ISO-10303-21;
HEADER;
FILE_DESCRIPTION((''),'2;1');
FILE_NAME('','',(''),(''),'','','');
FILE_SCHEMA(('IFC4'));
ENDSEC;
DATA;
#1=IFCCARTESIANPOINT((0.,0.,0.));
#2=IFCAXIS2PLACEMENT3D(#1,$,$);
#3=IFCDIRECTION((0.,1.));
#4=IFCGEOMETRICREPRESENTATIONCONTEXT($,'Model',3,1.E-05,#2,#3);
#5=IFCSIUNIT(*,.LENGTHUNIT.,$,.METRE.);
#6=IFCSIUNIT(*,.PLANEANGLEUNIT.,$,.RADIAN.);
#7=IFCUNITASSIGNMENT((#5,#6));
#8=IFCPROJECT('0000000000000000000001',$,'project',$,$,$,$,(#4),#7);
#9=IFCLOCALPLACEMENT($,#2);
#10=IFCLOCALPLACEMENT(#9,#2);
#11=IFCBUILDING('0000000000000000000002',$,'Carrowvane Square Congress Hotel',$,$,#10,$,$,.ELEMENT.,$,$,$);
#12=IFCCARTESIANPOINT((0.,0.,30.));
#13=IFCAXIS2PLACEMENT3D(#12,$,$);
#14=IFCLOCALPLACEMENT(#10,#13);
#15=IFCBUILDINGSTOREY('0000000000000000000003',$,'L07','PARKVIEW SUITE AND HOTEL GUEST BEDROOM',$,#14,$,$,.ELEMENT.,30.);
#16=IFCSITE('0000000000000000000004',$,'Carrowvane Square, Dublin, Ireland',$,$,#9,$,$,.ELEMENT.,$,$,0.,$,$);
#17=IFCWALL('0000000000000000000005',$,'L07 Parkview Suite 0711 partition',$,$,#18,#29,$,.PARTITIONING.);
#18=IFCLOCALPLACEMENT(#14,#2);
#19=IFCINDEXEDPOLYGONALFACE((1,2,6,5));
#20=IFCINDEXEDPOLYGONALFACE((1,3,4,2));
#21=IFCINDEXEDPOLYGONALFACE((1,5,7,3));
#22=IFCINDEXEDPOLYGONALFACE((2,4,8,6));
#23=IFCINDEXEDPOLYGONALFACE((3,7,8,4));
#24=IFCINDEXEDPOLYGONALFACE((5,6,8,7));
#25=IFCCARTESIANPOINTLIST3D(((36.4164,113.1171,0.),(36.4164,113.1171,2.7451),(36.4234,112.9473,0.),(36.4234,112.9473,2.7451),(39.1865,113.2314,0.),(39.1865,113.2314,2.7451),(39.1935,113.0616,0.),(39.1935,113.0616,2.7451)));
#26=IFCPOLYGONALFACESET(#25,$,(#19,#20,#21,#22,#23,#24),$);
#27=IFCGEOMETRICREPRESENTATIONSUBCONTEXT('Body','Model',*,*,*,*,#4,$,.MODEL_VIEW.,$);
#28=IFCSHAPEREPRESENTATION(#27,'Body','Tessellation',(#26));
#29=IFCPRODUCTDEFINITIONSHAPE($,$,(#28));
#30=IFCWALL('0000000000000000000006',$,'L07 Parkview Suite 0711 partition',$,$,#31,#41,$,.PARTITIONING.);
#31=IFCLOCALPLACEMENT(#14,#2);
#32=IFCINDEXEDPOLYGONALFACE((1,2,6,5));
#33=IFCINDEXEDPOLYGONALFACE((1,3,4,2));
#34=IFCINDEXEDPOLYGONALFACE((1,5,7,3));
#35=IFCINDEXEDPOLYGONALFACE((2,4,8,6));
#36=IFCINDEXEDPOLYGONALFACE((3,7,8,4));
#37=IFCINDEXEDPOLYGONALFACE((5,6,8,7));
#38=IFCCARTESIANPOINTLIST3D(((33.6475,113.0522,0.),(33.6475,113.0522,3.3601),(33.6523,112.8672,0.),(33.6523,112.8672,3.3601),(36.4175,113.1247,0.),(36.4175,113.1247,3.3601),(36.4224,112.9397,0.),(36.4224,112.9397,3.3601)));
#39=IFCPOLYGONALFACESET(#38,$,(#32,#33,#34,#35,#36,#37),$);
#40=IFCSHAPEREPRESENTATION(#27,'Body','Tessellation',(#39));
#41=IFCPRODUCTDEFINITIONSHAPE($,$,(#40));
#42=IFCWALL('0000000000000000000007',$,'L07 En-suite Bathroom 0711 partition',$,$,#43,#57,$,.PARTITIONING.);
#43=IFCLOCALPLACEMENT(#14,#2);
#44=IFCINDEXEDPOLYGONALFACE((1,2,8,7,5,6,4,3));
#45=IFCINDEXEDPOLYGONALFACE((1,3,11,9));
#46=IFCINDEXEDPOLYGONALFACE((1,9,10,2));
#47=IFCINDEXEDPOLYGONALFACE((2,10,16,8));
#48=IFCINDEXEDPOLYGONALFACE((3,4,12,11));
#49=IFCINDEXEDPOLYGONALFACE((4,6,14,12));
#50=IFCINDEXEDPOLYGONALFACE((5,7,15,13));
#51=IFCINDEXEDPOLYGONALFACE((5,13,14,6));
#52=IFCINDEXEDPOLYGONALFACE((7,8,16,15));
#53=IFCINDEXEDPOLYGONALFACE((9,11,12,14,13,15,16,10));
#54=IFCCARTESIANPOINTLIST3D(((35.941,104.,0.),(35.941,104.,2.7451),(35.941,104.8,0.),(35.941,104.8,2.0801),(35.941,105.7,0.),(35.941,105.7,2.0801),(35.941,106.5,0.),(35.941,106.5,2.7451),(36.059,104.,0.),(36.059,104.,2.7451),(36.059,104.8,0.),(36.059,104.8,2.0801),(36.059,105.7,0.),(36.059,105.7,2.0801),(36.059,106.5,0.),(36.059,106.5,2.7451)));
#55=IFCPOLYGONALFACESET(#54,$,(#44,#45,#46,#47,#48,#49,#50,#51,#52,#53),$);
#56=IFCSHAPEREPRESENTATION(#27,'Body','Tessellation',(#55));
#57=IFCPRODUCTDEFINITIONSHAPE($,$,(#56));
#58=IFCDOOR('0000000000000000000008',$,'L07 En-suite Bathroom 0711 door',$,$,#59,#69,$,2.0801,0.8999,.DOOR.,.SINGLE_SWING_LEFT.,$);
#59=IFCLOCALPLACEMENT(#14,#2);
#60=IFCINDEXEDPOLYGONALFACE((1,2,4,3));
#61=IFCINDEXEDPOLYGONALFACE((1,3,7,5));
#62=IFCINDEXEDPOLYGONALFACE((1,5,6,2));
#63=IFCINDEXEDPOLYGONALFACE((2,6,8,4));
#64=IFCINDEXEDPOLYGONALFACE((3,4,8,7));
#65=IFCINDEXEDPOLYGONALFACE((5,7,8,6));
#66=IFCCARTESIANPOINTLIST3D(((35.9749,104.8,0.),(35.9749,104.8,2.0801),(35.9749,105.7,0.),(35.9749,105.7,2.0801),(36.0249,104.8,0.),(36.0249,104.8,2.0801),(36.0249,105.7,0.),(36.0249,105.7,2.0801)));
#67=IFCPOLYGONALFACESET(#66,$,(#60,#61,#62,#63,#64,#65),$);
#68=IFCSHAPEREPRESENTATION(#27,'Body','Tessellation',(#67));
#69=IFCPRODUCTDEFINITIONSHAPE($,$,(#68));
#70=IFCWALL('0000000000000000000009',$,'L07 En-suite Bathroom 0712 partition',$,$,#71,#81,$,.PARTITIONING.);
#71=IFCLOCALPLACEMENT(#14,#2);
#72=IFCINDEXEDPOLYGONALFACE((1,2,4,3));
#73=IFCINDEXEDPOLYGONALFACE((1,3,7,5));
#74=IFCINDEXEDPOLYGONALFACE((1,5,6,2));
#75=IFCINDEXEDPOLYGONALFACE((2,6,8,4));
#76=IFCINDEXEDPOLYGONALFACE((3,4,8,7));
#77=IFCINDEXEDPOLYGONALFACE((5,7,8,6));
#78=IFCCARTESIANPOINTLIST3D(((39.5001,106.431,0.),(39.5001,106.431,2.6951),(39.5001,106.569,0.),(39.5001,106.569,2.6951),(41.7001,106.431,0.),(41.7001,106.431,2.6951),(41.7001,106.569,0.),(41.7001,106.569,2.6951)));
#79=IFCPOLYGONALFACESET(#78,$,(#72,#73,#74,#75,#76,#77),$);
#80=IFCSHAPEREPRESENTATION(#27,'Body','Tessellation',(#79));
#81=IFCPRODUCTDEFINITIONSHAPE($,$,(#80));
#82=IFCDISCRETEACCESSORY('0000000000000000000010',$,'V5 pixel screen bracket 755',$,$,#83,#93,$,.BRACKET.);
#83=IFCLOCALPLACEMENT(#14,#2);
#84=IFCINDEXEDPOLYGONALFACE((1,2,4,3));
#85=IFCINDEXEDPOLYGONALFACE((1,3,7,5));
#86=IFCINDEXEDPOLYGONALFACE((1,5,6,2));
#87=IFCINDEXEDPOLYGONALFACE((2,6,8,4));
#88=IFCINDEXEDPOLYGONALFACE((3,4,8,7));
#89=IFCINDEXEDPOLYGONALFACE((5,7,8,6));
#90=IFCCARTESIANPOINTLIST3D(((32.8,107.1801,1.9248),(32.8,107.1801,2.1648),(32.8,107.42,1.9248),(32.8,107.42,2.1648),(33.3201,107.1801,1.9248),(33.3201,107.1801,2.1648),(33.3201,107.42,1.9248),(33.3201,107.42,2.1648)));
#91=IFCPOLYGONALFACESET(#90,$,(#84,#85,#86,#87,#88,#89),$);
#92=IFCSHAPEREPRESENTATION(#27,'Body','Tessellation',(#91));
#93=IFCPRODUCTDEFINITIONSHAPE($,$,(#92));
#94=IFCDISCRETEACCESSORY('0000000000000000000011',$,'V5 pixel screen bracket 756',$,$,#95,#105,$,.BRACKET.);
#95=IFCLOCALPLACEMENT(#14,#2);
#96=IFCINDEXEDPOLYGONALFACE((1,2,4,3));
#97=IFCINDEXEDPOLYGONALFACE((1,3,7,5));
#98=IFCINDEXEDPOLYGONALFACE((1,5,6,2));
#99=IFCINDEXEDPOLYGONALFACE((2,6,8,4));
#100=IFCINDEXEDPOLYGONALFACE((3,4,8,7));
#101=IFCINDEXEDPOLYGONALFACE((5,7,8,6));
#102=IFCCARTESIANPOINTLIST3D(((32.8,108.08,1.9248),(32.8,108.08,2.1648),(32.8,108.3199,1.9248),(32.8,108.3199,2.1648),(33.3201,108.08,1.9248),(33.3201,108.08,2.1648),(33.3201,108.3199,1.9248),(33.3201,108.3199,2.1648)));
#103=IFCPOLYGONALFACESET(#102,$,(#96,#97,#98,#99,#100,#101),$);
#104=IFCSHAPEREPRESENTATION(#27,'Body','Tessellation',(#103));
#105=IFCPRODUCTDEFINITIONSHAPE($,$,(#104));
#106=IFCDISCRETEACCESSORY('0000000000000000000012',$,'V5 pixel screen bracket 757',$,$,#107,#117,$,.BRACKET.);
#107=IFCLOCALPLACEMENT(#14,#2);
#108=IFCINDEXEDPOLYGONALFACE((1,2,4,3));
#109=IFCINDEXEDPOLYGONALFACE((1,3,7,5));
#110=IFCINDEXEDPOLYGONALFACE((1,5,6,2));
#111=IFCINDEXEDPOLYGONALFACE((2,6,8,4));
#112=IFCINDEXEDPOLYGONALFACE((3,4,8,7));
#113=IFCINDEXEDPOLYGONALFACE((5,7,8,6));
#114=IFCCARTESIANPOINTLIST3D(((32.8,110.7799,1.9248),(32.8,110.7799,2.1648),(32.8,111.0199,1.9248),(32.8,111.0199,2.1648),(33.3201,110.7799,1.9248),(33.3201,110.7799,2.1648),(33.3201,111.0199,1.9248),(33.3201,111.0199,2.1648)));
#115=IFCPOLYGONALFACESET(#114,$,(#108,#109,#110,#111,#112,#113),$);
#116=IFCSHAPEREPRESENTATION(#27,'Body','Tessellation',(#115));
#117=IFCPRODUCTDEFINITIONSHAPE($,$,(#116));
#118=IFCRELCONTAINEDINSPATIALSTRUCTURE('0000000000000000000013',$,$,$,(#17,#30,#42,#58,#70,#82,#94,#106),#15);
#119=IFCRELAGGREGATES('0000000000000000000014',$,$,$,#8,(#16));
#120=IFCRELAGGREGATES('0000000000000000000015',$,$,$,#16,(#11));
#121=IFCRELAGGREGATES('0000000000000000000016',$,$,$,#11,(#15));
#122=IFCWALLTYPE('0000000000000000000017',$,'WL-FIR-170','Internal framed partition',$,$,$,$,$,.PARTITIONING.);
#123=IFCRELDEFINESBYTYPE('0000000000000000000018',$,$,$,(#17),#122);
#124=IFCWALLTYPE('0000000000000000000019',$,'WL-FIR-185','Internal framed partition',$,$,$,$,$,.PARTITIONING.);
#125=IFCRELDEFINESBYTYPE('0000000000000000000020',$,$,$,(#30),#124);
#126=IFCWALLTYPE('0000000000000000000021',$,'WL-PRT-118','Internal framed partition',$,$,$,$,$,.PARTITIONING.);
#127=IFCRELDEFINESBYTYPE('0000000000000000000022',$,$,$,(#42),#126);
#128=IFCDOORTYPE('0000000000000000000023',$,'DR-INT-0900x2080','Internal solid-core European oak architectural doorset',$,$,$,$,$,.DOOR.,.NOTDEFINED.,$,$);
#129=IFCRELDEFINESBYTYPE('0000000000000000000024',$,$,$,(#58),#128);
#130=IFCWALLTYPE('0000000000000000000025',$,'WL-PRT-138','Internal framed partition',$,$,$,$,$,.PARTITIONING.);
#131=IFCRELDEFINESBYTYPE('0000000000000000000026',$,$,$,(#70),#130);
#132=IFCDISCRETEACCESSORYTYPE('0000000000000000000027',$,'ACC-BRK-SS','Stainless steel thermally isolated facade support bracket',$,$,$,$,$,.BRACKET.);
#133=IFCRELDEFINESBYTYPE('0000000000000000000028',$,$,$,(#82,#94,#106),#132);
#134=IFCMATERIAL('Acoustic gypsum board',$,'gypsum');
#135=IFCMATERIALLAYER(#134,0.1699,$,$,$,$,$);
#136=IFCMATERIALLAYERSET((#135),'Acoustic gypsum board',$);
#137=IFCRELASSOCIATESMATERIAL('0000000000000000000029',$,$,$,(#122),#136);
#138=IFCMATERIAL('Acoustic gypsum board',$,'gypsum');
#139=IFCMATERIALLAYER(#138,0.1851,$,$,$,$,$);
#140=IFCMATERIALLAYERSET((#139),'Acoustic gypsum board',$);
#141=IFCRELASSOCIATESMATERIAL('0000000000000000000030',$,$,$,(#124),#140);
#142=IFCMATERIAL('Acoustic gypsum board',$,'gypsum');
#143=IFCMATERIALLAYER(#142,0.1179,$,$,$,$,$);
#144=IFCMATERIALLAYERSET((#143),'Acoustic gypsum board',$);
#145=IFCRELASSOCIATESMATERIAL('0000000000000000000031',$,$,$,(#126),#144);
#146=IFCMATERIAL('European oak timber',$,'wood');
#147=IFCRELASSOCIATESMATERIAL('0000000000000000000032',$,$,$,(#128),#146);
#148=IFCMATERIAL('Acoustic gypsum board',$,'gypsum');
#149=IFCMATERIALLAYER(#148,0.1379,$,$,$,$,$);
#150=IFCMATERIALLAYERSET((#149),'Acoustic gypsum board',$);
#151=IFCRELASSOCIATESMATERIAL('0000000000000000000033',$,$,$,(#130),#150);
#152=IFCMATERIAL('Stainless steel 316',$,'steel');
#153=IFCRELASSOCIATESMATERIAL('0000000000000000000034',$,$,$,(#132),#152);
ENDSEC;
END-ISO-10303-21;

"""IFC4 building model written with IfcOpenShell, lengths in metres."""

from ifc_helpers import new_model, si_unit, direction, frame, frame_2d, origin, origin_2d, place, context, subcontext, project, spatial, rectangle, extrude, material, layer, layer_set, type_object, element, fill, save


model = new_model("IFC4")

# Units and contexts
model_context = context("Model", 3, precision=1e-05, world=origin(), true_north=direction((0.0, 1.0)))
body_context = subcontext(model_context, "Body", "Model", "MODEL_VIEW")
ifc_project = project(units=[si_unit("LENGTHUNIT", "METRE"), si_unit("PLANEANGLEUNIT", "RADIAN")], contexts=[model_context])

# Site, building, storey
site_placement = place(None, origin())
site = spatial("IfcSite", under=ifc_project, at=site_placement, Name="Carrowvane Square, Dublin, Ireland", CompositionType="ELEMENT", RefElevation=0.0)
building_placement = place(site_placement, origin())
building = spatial("IfcBuilding", under=site, at=building_placement, Name="Carrowvane Square Congress Hotel", CompositionType="ELEMENT")
storey_placement = place(building_placement, frame((0.0, 0.0, 30.0)))
storey = spatial("IfcBuildingStorey", under=building, at=storey_placement, Name="L07", Description="PARKVIEW SUITE AND HOTEL GUEST BEDROOM", CompositionType="ELEMENT", Elevation=30.0)

# Walls
ifc_material_1 = material(Name="Acoustic gypsum board", Category="gypsum")
ifc_layer_1 = layer(ifc_material_1, 0.1699)
ifc_layer_set_1 = layer_set([ifc_layer_1], Name="Acoustic gypsum board")
wall_type_1 = type_object("IfcWallType", Name="WL-FIR-170", Description="Internal framed partition", PredefinedType="PARTITIONING", material=ifc_layer_set_1)
wall_1_placement = place(storey_placement, frame((36.4199, 113.0322, 0.0), z_axis=(0.0, 0.0, 1.0), x_axis=(0.99915, 0.041213, 0.0)))
element("IfcWall", 1, at=wall_1_placement, inside=storey, type_object=wall_type_1, Name="L07 Parkview Suite 0711 partition", PredefinedType="PARTITIONING", context=body_context, shape_type="SweptSolid", body=[
    extrude(rectangle(XDim=2.7725, YDim=0.1699, at=frame_2d((1.3862, 0.0))), origin(), (0.0, 0.0, 1.0), 2.7451),
])
ifc_material_2 = material(Name="Acoustic gypsum board", Category="gypsum")
ifc_layer_2 = layer(ifc_material_2, 0.1851)
ifc_layer_set_2 = layer_set([ifc_layer_2], Name="Acoustic gypsum board")
wall_type_2 = type_object("IfcWallType", Name="WL-FIR-185", Description="Internal framed partition", PredefinedType="PARTITIONING", material=ifc_layer_set_2)
wall_2_placement = place(storey_placement, frame((33.6499, 112.9597, 0.0), z_axis=(0.0, 0.0, 1.0), x_axis=(0.999658, 0.026168, 0.0)))
element("IfcWall", 2, at=wall_2_placement, inside=storey, type_object=wall_type_2, Name="L07 Parkview Suite 0711 partition", PredefinedType="PARTITIONING", context=body_context, shape_type="SweptSolid", body=[
    extrude(rectangle(XDim=2.771, YDim=0.1851, at=frame_2d((1.3855, 0.0))), origin(), (0.0, 0.0, 1.0), 3.3601),
])

# Wall, opening, door
ifc_material_3 = material(Name="Acoustic gypsum board", Category="gypsum")
ifc_layer_3 = layer(ifc_material_3, 0.1179)
ifc_layer_set_3 = layer_set([ifc_layer_3], Name="Acoustic gypsum board")
wall_type_3 = type_object("IfcWallType", Name="WL-PRT-118", Description="Internal framed partition", PredefinedType="PARTITIONING", material=ifc_layer_set_3)
wall_3_placement = place(storey_placement, frame((36.0, 106.5, 0.0), z_axis=(0.0, 0.0, 1.0), x_axis=(0.0, -1.0, 0.0)))
wall_3 = element("IfcWall", 3, at=wall_3_placement, inside=storey, type_object=wall_type_3, Name="L07 En-suite Bathroom 0711 partition", PredefinedType="PARTITIONING", context=body_context, shape_type="SweptSolid", body=[
    extrude(rectangle(XDim=2.5, YDim=0.1179, at=frame_2d((1.25, 0.0))), origin(), (0.0, 0.0, 1.0), 2.7451),
])
opening_placement = place(wall_3_placement, frame((0.8, 0.0, 0.0)))
opening = element("IfcOpeningElement", 4, at=opening_placement, cuts=wall_3, PredefinedType="OPENING", context=body_context, shape_type="SweptSolid", body=[
    extrude(rectangle(XDim=0.8999, YDim=2.0801, at=frame_2d((0.45, 1.04))), frame((0.0, 0.0688, 0.0), z_axis=(0.0, -1.0, 0.0), x_axis=(1.0, 0.0, 0.0)), (0.0, 0.0, 1.0), 0.1379),
])
ifc_material_4 = material(Name="European oak timber", Category="wood")
door_type = type_object("IfcDoorType", Name="DR-INT-0900x2080", Description="Internal solid-core European oak architectural doorset", OperationType="NOTDEFINED", PredefinedType="DOOR", material=ifc_material_4)
door_placement = place(opening_placement, origin())
door = element("IfcDoor", 5, at=door_placement, inside=storey, type_object=door_type, Name="L07 En-suite Bathroom 0711 door", OperationType="SINGLE_SWING_LEFT", OverallHeight=2.0801, OverallWidth=0.8999, PredefinedType="DOOR", context=body_context, shape_type="SweptSolid", body=[
    extrude(rectangle(XDim=0.8999, YDim=2.0801, at=frame_2d((0.45, 1.04))), frame((0.0, 0.0249, 0.0), z_axis=(0.0, -1.0, 0.0), x_axis=(1.0, 0.0, 0.0)), (0.0, 0.0, 1.0), 0.05),
])
fill(opening, door)

# Wall
ifc_material_5 = material(Name="Acoustic gypsum board", Category="gypsum")
ifc_layer_4 = layer(ifc_material_5, 0.1379)
ifc_layer_set_4 = layer_set([ifc_layer_4], Name="Acoustic gypsum board")
wall_type_4 = type_object("IfcWallType", Name="WL-PRT-138", Description="Internal framed partition", PredefinedType="PARTITIONING", material=ifc_layer_set_4)
wall_4_placement = place(storey_placement, frame((39.5, 106.5, 0.0), z_axis=(0.0, 0.0, 1.0), x_axis=(1.0, 0.0, 0.0)))
element("IfcWall", 6, at=wall_4_placement, inside=storey, type_object=wall_type_4, Name="L07 En-suite Bathroom 0712 partition", PredefinedType="PARTITIONING", context=body_context, shape_type="SweptSolid", body=[
    extrude(rectangle(XDim=2.2, YDim=0.1379, at=frame_2d((1.1001, 0.0))), origin(), (0.0, 0.0, 1.0), 2.6951),
])

# Discrete accessories
ifc_material_6 = material(Name="Stainless steel 316", Category="steel")
discrete_accessory_type = type_object("IfcDiscreteAccessoryType", Name="ACC-BRK-SS", Description="Stainless steel thermally isolated facade support bracket", PredefinedType="BRACKET", material=ifc_material_6)
for number, where, z_axis, x_axis, name in (
    (7, (33.0601, 107.3, 1.9248), (0.0, 0.0, 1.0), (0.0, 1.0, 0.0), "V5 pixel screen bracket 755"),
    (8, (33.0601, 108.2, 1.9248), (0.0, 0.0, 1.0), (0.0, 1.0, 0.0), "V5 pixel screen bracket 756"),
    (9, (33.0601, 110.8999, 1.9248), (0.0, 0.0, 1.0), (0.0, 1.0, 0.0), "V5 pixel screen bracket 757"),
):
    element("IfcDiscreteAccessory", number, at=place(storey_placement, frame(where, z_axis=z_axis, x_axis=x_axis)), inside=storey, type_object=discrete_accessory_type, Name=name, PredefinedType="BRACKET", context=body_context, shape_type="SweptSolid", body=[
        extrude(rectangle(XDim=0.24, YDim=0.52, at=origin_2d()), origin(), (0.0, 0.0, 1.0), 0.24),
    ])

save(model, "model.ifc")
